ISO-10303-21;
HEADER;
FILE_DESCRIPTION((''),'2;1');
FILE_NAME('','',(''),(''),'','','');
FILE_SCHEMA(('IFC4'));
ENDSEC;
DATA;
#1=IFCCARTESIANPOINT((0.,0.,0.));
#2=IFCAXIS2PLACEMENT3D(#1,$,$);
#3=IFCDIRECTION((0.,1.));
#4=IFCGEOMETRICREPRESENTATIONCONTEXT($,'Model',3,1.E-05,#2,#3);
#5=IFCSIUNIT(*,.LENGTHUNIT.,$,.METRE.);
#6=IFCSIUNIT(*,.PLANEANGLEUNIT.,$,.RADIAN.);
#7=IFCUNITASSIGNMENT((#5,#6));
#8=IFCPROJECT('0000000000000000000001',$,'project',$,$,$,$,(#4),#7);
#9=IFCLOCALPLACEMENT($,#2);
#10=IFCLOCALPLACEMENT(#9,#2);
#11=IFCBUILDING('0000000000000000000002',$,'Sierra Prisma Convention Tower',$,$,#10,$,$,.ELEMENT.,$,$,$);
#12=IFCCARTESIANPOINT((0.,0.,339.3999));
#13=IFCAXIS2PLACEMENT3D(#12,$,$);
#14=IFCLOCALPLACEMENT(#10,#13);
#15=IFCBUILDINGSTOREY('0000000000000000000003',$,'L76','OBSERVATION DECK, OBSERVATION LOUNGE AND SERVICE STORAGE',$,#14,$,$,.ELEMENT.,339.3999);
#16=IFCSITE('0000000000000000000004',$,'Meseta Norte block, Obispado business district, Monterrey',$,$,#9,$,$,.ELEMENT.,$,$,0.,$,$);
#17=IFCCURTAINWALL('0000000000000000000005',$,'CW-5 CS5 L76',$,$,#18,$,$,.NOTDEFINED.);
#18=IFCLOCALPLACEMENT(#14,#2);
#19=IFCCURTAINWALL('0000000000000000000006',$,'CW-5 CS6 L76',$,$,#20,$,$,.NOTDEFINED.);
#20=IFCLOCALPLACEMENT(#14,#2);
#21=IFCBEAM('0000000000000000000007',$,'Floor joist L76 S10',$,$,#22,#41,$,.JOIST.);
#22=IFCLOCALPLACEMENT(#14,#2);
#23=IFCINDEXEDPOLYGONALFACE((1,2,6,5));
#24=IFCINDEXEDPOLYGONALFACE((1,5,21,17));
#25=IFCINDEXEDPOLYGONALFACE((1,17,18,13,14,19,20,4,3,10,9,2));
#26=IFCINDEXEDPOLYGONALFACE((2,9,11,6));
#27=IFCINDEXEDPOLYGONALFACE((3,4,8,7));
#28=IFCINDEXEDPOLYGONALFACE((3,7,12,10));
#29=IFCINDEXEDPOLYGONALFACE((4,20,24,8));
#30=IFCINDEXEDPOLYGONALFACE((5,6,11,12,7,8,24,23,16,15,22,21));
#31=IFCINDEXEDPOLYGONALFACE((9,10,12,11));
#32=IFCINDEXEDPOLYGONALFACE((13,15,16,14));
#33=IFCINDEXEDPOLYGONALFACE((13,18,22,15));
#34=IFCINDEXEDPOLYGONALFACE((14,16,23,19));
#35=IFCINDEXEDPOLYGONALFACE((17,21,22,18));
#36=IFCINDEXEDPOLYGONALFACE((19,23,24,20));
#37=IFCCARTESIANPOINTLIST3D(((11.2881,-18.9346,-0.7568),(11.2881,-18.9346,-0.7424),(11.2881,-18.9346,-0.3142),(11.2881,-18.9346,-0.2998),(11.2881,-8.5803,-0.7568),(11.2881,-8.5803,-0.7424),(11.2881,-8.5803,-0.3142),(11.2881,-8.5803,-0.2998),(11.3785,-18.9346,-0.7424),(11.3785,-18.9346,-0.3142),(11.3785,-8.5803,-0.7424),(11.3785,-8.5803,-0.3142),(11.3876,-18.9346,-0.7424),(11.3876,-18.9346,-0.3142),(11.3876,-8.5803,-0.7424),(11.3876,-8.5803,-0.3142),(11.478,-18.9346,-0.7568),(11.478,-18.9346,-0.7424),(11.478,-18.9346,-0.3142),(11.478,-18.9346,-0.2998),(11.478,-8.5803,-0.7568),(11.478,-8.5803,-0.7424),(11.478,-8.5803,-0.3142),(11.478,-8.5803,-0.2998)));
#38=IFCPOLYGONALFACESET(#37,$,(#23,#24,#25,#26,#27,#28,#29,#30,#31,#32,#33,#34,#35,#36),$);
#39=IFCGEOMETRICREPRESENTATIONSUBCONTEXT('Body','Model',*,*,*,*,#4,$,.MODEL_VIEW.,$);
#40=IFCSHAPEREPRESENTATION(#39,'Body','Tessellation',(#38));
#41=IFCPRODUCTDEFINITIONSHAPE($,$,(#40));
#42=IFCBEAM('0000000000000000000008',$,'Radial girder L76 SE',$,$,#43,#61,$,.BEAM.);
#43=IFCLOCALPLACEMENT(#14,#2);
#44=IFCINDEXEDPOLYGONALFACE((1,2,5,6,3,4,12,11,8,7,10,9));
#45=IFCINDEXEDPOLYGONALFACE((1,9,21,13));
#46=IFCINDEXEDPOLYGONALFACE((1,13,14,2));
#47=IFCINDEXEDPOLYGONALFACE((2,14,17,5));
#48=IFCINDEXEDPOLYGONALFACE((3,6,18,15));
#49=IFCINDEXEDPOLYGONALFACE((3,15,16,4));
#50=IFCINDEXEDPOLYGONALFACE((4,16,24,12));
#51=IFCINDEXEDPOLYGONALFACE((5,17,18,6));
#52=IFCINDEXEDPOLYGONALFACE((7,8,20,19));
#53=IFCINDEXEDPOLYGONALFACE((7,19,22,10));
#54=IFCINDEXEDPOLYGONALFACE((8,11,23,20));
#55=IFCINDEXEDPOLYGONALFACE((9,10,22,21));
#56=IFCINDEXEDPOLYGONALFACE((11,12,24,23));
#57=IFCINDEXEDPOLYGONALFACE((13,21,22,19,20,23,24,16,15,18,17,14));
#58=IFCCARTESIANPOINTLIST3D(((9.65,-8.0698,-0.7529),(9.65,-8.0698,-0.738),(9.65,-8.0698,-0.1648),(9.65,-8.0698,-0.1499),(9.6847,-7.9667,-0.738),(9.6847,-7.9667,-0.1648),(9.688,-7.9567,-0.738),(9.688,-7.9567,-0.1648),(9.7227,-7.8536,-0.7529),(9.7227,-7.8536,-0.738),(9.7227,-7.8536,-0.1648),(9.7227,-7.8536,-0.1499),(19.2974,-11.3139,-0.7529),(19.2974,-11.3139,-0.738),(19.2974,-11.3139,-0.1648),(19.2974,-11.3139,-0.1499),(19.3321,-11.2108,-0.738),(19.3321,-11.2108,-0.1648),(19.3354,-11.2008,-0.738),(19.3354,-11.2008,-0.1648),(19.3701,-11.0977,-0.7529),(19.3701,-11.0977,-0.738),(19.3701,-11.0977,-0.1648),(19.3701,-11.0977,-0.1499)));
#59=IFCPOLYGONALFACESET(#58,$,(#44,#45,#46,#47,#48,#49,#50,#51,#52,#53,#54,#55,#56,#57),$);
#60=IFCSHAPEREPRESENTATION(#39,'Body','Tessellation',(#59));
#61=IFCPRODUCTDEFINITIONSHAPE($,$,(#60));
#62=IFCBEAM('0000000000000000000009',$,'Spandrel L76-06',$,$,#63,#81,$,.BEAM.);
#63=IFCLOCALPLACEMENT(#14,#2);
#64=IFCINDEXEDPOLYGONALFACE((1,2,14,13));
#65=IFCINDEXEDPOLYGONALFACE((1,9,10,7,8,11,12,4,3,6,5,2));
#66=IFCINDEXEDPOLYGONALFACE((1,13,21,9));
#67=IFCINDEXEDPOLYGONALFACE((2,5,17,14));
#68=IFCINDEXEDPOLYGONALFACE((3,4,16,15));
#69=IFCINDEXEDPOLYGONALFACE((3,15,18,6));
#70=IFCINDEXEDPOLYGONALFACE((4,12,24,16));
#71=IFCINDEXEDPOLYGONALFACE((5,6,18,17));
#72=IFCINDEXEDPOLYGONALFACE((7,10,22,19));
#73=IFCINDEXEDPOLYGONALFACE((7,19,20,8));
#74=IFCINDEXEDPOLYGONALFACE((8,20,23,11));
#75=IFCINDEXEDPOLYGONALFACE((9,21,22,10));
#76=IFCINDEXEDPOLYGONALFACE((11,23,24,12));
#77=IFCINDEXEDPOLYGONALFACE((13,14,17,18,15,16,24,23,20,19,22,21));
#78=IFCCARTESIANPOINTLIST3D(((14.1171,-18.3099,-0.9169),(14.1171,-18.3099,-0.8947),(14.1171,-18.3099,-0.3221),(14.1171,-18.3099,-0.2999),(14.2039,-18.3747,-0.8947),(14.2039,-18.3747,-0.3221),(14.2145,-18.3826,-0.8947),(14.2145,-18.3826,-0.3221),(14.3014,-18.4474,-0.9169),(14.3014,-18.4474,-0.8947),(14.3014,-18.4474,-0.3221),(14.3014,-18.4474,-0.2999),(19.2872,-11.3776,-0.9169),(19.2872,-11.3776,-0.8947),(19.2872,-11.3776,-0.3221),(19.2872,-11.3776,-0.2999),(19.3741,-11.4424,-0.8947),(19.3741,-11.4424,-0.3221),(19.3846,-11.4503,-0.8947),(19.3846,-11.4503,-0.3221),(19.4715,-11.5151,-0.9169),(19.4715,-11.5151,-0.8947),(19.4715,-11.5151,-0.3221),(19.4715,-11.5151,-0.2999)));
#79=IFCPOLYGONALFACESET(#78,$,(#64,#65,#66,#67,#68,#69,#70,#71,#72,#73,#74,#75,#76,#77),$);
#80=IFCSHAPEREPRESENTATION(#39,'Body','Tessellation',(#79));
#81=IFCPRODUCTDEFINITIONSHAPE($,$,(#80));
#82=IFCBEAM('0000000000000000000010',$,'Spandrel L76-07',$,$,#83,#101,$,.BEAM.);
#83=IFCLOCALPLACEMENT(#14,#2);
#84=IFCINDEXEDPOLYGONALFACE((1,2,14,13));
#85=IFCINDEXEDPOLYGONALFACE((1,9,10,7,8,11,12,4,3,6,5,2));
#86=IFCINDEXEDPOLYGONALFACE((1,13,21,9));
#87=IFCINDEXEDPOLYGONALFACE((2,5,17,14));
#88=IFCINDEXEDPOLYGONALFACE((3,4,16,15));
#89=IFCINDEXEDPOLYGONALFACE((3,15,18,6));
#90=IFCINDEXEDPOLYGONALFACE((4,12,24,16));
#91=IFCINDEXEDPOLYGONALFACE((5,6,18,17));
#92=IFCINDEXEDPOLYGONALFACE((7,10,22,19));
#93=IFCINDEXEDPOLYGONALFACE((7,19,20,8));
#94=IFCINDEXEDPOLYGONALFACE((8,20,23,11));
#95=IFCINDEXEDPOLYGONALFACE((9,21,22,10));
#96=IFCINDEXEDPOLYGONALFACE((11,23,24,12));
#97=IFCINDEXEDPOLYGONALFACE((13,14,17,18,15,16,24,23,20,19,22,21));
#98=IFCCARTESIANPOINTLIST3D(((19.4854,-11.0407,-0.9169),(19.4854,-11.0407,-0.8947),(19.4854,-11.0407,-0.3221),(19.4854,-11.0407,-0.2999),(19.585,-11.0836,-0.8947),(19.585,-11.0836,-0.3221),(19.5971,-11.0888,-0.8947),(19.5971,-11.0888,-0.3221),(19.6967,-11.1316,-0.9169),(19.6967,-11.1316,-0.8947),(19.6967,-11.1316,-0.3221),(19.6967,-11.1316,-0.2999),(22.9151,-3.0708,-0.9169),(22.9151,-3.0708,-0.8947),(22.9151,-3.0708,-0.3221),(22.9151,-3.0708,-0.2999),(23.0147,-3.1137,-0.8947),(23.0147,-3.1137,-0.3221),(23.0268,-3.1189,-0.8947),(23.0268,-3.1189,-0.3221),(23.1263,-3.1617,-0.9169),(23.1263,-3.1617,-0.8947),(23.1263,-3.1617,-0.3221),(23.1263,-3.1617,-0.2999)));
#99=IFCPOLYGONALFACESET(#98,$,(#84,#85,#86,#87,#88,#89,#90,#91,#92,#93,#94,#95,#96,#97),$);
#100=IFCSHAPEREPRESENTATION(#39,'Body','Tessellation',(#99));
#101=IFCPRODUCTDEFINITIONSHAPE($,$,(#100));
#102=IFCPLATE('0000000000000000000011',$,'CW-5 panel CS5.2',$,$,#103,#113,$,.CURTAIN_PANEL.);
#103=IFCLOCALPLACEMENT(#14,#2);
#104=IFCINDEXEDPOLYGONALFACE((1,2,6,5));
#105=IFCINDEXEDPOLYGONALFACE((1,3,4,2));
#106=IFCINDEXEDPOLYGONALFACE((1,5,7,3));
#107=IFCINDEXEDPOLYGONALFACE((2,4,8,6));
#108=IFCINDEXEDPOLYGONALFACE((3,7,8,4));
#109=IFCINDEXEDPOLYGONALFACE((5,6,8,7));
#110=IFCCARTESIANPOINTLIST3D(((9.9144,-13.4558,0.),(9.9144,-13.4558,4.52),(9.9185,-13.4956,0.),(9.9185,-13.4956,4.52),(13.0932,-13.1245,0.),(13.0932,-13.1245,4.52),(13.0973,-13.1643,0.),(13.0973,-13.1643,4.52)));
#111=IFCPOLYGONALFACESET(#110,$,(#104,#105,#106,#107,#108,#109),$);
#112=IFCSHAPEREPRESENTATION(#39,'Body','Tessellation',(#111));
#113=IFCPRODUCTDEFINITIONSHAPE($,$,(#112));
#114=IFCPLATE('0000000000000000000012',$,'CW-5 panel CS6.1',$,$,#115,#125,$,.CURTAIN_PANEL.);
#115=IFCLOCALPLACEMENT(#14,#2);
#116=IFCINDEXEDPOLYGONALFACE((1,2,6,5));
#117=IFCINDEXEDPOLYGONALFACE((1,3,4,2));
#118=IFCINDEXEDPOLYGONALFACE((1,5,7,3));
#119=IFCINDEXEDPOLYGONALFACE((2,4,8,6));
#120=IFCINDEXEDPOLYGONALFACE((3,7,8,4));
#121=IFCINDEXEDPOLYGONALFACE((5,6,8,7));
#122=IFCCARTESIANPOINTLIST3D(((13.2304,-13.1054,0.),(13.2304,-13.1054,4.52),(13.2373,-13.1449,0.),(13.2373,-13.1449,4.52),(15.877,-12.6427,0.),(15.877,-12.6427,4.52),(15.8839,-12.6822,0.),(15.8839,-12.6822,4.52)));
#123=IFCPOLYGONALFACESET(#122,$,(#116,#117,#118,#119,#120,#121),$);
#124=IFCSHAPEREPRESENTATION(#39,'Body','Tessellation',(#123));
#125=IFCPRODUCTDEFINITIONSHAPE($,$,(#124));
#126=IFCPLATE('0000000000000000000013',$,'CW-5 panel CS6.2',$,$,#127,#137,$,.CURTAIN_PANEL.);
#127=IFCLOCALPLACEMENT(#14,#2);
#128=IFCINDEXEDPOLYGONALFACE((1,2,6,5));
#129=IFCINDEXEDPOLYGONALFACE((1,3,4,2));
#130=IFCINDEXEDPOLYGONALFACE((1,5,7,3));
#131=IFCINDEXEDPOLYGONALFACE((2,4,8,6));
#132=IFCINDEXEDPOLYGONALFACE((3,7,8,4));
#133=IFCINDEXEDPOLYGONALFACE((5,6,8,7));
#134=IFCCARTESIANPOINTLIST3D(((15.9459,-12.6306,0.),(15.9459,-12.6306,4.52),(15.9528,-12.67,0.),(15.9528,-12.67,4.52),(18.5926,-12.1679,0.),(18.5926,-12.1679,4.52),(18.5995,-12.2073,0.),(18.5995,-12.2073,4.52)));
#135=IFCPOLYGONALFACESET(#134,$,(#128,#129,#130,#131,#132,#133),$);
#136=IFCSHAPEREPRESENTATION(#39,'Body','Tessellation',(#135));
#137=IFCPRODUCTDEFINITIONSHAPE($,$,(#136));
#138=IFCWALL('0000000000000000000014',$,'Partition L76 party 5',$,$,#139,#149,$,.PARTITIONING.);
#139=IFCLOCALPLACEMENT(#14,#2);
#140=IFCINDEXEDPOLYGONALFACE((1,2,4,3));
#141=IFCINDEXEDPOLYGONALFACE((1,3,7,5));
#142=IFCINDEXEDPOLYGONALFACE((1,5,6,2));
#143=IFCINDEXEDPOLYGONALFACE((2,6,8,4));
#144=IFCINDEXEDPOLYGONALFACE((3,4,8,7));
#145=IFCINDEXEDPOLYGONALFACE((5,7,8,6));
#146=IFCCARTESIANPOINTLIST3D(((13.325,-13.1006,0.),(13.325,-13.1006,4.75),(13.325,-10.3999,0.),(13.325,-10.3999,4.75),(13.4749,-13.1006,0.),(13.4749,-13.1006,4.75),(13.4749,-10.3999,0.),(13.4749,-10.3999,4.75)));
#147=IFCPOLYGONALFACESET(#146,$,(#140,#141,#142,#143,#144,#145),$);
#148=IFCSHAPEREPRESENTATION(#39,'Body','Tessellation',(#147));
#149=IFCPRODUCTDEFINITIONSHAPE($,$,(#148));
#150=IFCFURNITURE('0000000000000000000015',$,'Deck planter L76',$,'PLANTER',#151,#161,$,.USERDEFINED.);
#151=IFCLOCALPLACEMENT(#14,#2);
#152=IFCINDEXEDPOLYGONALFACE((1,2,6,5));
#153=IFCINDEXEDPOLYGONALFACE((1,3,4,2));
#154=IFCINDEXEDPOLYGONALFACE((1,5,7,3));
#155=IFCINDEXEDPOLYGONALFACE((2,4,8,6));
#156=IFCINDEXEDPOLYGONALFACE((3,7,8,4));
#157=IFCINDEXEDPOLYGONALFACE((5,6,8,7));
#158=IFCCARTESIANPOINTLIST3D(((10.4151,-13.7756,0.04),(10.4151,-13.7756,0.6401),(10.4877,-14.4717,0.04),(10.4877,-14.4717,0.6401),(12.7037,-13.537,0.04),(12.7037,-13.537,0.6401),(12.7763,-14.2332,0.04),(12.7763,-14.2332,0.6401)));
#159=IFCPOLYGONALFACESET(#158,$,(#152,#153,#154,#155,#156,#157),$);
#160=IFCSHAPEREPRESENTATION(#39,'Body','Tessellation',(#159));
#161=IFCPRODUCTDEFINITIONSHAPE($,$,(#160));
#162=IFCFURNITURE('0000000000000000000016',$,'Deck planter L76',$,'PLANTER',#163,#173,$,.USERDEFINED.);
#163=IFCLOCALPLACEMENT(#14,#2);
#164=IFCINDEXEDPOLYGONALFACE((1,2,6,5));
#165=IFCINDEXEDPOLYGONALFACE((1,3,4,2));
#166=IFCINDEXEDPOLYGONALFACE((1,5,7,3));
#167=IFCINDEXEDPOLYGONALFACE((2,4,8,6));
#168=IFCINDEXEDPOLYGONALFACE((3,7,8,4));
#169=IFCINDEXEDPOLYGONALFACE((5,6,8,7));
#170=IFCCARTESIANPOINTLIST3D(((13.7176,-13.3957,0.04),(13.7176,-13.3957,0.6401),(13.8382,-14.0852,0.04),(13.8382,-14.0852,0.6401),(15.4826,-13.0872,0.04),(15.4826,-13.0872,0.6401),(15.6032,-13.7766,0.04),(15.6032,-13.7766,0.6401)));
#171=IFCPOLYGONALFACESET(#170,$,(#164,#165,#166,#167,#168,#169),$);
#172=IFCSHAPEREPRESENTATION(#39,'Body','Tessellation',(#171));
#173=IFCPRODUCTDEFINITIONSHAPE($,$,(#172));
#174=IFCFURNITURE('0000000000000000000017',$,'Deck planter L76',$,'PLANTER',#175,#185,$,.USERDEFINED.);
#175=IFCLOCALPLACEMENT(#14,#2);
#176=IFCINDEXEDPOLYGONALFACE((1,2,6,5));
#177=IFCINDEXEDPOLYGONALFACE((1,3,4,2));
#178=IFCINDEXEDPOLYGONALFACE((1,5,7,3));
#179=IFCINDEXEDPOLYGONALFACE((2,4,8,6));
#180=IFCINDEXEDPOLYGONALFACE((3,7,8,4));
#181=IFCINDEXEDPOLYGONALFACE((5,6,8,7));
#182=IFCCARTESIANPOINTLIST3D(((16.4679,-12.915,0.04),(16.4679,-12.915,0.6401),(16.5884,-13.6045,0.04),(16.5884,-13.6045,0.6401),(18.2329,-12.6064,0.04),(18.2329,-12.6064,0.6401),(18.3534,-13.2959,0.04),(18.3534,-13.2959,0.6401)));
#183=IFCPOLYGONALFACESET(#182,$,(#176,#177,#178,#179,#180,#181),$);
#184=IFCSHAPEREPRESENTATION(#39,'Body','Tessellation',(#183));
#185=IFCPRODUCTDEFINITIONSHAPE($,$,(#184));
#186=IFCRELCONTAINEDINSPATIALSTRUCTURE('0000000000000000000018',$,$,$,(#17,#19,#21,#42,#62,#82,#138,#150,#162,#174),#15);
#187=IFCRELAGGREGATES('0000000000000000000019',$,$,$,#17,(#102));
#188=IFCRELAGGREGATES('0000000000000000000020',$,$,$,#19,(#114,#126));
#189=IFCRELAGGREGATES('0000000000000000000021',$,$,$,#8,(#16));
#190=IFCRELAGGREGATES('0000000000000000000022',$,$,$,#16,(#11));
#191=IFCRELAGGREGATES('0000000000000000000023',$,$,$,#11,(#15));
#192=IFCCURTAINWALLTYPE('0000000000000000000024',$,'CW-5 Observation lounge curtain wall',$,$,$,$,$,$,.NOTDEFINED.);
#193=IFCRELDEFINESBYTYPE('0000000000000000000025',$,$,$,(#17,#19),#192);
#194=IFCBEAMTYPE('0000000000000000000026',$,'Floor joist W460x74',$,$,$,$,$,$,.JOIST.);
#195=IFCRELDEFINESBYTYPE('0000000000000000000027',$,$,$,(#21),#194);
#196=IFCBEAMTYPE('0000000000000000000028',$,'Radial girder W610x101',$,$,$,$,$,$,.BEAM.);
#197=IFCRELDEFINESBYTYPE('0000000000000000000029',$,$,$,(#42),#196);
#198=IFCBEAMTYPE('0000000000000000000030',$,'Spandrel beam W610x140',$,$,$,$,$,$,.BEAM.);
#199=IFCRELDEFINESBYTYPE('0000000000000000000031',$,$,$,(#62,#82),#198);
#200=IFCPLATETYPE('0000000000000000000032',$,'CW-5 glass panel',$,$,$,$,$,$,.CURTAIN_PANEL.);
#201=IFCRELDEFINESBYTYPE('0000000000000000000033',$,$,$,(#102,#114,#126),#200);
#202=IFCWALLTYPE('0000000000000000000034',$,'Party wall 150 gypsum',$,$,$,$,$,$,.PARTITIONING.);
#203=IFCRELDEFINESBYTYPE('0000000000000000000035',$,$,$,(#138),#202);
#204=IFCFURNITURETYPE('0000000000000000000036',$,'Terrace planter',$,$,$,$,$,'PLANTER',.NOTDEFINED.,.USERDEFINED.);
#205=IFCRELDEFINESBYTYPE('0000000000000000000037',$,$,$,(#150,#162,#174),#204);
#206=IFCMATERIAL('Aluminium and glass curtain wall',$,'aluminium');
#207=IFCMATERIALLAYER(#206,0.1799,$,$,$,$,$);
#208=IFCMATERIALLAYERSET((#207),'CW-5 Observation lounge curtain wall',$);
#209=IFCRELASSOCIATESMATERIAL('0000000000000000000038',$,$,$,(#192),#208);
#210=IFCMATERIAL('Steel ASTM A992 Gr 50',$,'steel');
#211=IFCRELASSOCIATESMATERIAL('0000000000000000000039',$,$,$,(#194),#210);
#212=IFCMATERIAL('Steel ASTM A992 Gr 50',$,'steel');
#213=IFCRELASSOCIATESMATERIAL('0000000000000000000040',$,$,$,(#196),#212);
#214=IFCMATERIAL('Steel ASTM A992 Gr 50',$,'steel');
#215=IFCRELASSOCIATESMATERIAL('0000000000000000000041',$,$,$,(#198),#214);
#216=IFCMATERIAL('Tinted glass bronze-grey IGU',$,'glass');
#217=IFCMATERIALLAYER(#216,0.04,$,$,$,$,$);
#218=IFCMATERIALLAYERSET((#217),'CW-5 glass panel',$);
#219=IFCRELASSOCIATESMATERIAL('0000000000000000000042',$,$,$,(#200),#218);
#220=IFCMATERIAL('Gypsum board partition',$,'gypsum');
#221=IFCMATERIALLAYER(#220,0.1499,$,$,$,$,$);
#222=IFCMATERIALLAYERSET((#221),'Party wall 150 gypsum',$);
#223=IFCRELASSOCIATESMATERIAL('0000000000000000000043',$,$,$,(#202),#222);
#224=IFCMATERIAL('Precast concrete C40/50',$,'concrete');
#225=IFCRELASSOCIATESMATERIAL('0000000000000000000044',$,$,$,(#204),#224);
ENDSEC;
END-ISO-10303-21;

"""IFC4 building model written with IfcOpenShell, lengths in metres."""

from ifc_helpers import new_model, si_unit, direction, frame, frame_2d, origin, origin_2d, place, context, subcontext, project, spatial, rectangle, i_section, extrude, material, layer, layer_set, material_profile, profile_set, type_object, element, aggregate, save


model = new_model("IFC4")

# Units and contexts
model_context = context("Model", 3, precision=1e-05, world=origin(), true_north=direction((0.0, 1.0)))
body_context = subcontext(model_context, "Body", "Model", "MODEL_VIEW")
ifc_project = project(units=[si_unit("LENGTHUNIT", "METRE"), si_unit("PLANEANGLEUNIT", "RADIAN")], contexts=[model_context])

# Site, building, storey
site_placement = place(None, origin())
site = spatial("IfcSite", under=ifc_project, at=site_placement, Name="Meseta Norte block, Obispado business district, Monterrey", CompositionType="ELEMENT", RefElevation=0.0)
building_placement = place(site_placement, origin())
building = spatial("IfcBuilding", under=site, at=building_placement, Name="Sierra Prisma Convention Tower", CompositionType="ELEMENT")
storey_placement = place(building_placement, frame((0.0, 0.0, 339.3999)))
storey = spatial("IfcBuildingStorey", under=building, at=storey_placement, Name="L76", Description="OBSERVATION DECK, OBSERVATION LOUNGE AND SERVICE STORAGE", CompositionType="ELEMENT", Elevation=339.3999)

# Curtain wall
ifc_material_1 = material(Name="Aluminium and glass curtain wall", Category="aluminium")
ifc_layer_1 = layer(ifc_material_1, 0.1799)
ifc_layer_set_1 = layer_set([ifc_layer_1], Name="CW-5 Observation lounge curtain wall")
curtain_wall_type = type_object("IfcCurtainWallType", Name="CW-5 Observation lounge curtain wall", PredefinedType="NOTDEFINED", material=ifc_layer_set_1)
curtain_wall_1_placement = place(storey_placement, origin())
curtain_wall_1 = element("IfcCurtainWall", 1, at=curtain_wall_1_placement, inside=storey, type_object=curtain_wall_type, Name="CW-5 CS5 L76", PredefinedType="NOTDEFINED")

# Curtain wall
curtain_wall_2_placement = place(storey_placement, origin())
curtain_wall_2 = element("IfcCurtainWall", 2, at=curtain_wall_2_placement, inside=storey, type_object=curtain_wall_type, Name="CW-5 CS6 L76", PredefinedType="NOTDEFINED")

# Beams
ifc_material_2 = material(Name="Steel ASTM A992 Gr 50", Category="steel")
ifc_material_profile_1 = material_profile(ifc_material_2, i_section(OverallWidth=0.1899, OverallDepth=0.457, WebThickness=0.009, FlangeThickness=0.0144, at=origin_2d()), Name="W460x74")
ifc_profile_set_1 = profile_set([ifc_material_profile_1], Name="Steel ASTM A992 Gr 50")
beam_type_1 = type_object("IfcBeamType", Name="Floor joist W460x74", PredefinedType="JOIST", material=ifc_profile_set_1)
beam_1_placement = place(storey_placement, frame((11.3831, -18.9346, -0.5283), z_axis=(0.0, 1.0, 0.0), x_axis=(-1.0, 0.0, 0.0)))
element("IfcBeam", 3, at=beam_1_placement, inside=storey, type_object=beam_type_1, Name="Floor joist L76 S10", PredefinedType="JOIST", context=body_context, shape_type="SweptSolid", body=[
    extrude(i_section(OverallWidth=0.1899, OverallDepth=0.457, WebThickness=0.009, FlangeThickness=0.0144, at=origin_2d()), origin(), (0.0, 0.0, 1.0), 10.3542),
])
ifc_material_3 = material(Name="Steel ASTM A992 Gr 50", Category="steel")
ifc_material_profile_2 = material_profile(ifc_material_3, i_section(OverallWidth=0.228, OverallDepth=0.603, WebThickness=0.0105, FlangeThickness=0.0149, at=origin_2d()), Name="W610x101")
ifc_profile_set_2 = profile_set([ifc_material_profile_2], Name="Steel ASTM A992 Gr 50")
beam_type_2 = type_object("IfcBeamType", Name="Radial girder W610x101", PredefinedType="BEAM", material=ifc_profile_set_2)
beam_2_placement = place(storey_placement, frame((19.3337, -11.2058, -0.4514), z_axis=(-0.947845, 0.318731, 0.0), x_axis=(-0.318731, -0.947845, 0.0)))
element("IfcBeam", 4, at=beam_2_placement, inside=storey, type_object=beam_type_2, Name="Radial girder L76 SE", PredefinedType="BEAM", context=body_context, shape_type="SweptSolid", body=[
    extrude(i_section(OverallWidth=0.228, OverallDepth=0.603, WebThickness=0.0105, FlangeThickness=0.0149, at=origin_2d()), origin(), (0.0, 0.0, 1.0), 10.1782),
])
ifc_material_4 = material(Name="Steel ASTM A992 Gr 50", Category="steel")
ifc_material_profile_3 = material_profile(ifc_material_4, i_section(OverallWidth=0.23, OverallDepth=0.6169, WebThickness=0.0132, FlangeThickness=0.0222, at=origin_2d()), Name="W610x140")
ifc_profile_set_3 = profile_set([ifc_material_profile_3], Name="Steel ASTM A992 Gr 50")
beam_type_3 = type_object("IfcBeamType", Name="Spandrel beam W610x140", PredefinedType="BEAM", material=ifc_profile_set_3)
beam_3_placement = place(storey_placement, frame((14.2092, -18.3787, -0.6084), z_axis=(0.597843, 0.801613, 0.0), x_axis=(-0.801613, 0.597843, 0.0)))
element("IfcBeam", 5, at=beam_3_placement, inside=storey, type_object=beam_type_3, Name="Spandrel L76-06", PredefinedType="BEAM", context=body_context, shape_type="SweptSolid", body=[
    extrude(i_section(OverallWidth=0.23, OverallDepth=0.6169, WebThickness=0.0132, FlangeThickness=0.0222, at=origin_2d()), origin(), (0.0, 0.0, 1.0), 8.6479),
])
beam_4_placement = place(storey_placement, frame((19.5911, -11.0862, -0.6084), z_axis=(0.395281, 0.91856, 0.0), x_axis=(-0.91856, 0.395281, 0.0)))
element("IfcBeam", 6, at=beam_4_placement, inside=storey, type_object=beam_type_3, Name="Spandrel L76-07", PredefinedType="BEAM", context=body_context, shape_type="SweptSolid", body=[
    extrude(i_section(OverallWidth=0.23, OverallDepth=0.6169, WebThickness=0.0132, FlangeThickness=0.0222, at=origin_2d()), origin(), (0.0, 0.0, 1.0), 8.6765),
])

# Plates
ifc_material_5 = material(Name="Tinted glass bronze-grey IGU", Category="glass")
ifc_layer_2 = layer(ifc_material_5, 0.04)
ifc_layer_set_2 = layer_set([ifc_layer_2], Name="CW-5 glass panel")
plate_type = type_object("IfcPlateType", Name="CW-5 glass panel", PredefinedType="CURTAIN_PANEL", material=ifc_layer_set_2)
plate_1_placement = place(storey_placement, frame((11.5059, -13.3101, 0.0), z_axis=(0.0, 0.0, 1.0), x_axis=(0.994613, 0.10366, 0.0)))
plate_1 = element("IfcPlate", 7, at=plate_1_placement, type_object=plate_type, Name="CW-5 panel CS5.2", PredefinedType="CURTAIN_PANEL", context=body_context, shape_type="SweptSolid", body=[
    extrude(rectangle(XDim=3.196, YDim=0.04, at=origin_2d()), origin(), (0.0, 0.0, 1.0), 4.52),
])
aggregate(curtain_wall_1, [plate_1])
plate_2_placement = place(storey_placement, frame((14.5571, -12.8938, 0.0), z_axis=(0.0, 0.0, 1.0), x_axis=(0.98506, 0.172214, 0.0)))
plate_2 = element("IfcPlate", 8, at=plate_2_placement, type_object=plate_type, Name="CW-5 panel CS6.1", PredefinedType="CURTAIN_PANEL", context=body_context, shape_type="SweptSolid", body=[
    extrude(rectangle(XDim=2.6868, YDim=0.04, at=origin_2d()), origin(), (0.0, 0.0, 1.0), 4.52),
])
plate_3_placement = place(storey_placement, frame((17.2727, -12.4189, 0.0), z_axis=(0.0, 0.0, 1.0), x_axis=(0.98506, 0.172214, 0.0)))
plate_3 = element("IfcPlate", 9, at=plate_3_placement, type_object=plate_type, Name="CW-5 panel CS6.2", PredefinedType="CURTAIN_PANEL", context=body_context, shape_type="SweptSolid", body=[
    extrude(rectangle(XDim=2.6868, YDim=0.04, at=origin_2d()), origin(), (0.0, 0.0, 1.0), 4.52),
])
aggregate(curtain_wall_2, [plate_2, plate_3])

# Wall
ifc_material_6 = material(Name="Gypsum board partition", Category="gypsum")
ifc_layer_3 = layer(ifc_material_6, 0.1499)
ifc_layer_set_3 = layer_set([ifc_layer_3], Name="Party wall 150 gypsum")
wall_type = type_object("IfcWallType", Name="Party wall 150 gypsum", PredefinedType="PARTITIONING", material=ifc_layer_set_3)
wall_placement = place(storey_placement, frame((13.3999, -13.1006, 0.0), z_axis=(0.0, 0.0, 1.0), x_axis=(0.0, 1.0, 0.0)))
element("IfcWall", 10, at=wall_placement, inside=storey, type_object=wall_type, Name="Partition L76 party 5", PredefinedType="PARTITIONING", context=body_context, shape_type="SweptSolid", body=[
    extrude(rectangle(XDim=2.7007, YDim=0.1499, at=frame_2d((1.3503, 0.0))), origin(), (0.0, 0.0, 1.0), 4.75),
])

# Furniture
ifc_material_7 = material(Name="Precast concrete C40/50", Category="concrete")
furniture_type = type_object("IfcFurnitureType", Name="Terrace planter", ElementType="PLANTER", AssemblyPlace="NOTDEFINED", PredefinedType="USERDEFINED", material=ifc_material_7)
furniture_placement = place(storey_placement, frame((11.5957, -14.0044, 0.04), z_axis=(0.0, 0.0, 1.0), x_axis=(0.994613, 0.10366, 0.0)))
element("IfcFurniture", 11, at=furniture_placement, inside=storey, type_object=furniture_type, Name="Deck planter L76", ObjectType="PLANTER", PredefinedType="USERDEFINED", context=body_context, shape_type="SweptSolid", body=[
    extrude(rectangle(XDim=2.301, YDim=0.7, at=origin_2d()), origin(), (0.0, 0.0, 1.0), 0.6001),
])
for number, where, z_axis, x_axis, name in (
    (12, (14.6604, -13.5862, 0.04), (0.0, 0.0, 1.0), (0.98506, 0.172214, 0.0), "Deck planter L76"),
    (13, (17.4106, -13.1055, 0.04), (0.0, 0.0, 1.0), (0.98506, 0.172214, 0.0), "Deck planter L76"),
):
    element("IfcFurniture", number, at=place(storey_placement, frame(where, z_axis=z_axis, x_axis=x_axis)), inside=storey, type_object=furniture_type, Name=name, ObjectType="PLANTER", PredefinedType="USERDEFINED", context=body_context, shape_type="SweptSolid", body=[
        extrude(rectangle(XDim=1.7917, YDim=0.7, at=origin_2d()), origin(), (0.0, 0.0, 1.0), 0.6001),
    ])

save(model, "model.ifc")
